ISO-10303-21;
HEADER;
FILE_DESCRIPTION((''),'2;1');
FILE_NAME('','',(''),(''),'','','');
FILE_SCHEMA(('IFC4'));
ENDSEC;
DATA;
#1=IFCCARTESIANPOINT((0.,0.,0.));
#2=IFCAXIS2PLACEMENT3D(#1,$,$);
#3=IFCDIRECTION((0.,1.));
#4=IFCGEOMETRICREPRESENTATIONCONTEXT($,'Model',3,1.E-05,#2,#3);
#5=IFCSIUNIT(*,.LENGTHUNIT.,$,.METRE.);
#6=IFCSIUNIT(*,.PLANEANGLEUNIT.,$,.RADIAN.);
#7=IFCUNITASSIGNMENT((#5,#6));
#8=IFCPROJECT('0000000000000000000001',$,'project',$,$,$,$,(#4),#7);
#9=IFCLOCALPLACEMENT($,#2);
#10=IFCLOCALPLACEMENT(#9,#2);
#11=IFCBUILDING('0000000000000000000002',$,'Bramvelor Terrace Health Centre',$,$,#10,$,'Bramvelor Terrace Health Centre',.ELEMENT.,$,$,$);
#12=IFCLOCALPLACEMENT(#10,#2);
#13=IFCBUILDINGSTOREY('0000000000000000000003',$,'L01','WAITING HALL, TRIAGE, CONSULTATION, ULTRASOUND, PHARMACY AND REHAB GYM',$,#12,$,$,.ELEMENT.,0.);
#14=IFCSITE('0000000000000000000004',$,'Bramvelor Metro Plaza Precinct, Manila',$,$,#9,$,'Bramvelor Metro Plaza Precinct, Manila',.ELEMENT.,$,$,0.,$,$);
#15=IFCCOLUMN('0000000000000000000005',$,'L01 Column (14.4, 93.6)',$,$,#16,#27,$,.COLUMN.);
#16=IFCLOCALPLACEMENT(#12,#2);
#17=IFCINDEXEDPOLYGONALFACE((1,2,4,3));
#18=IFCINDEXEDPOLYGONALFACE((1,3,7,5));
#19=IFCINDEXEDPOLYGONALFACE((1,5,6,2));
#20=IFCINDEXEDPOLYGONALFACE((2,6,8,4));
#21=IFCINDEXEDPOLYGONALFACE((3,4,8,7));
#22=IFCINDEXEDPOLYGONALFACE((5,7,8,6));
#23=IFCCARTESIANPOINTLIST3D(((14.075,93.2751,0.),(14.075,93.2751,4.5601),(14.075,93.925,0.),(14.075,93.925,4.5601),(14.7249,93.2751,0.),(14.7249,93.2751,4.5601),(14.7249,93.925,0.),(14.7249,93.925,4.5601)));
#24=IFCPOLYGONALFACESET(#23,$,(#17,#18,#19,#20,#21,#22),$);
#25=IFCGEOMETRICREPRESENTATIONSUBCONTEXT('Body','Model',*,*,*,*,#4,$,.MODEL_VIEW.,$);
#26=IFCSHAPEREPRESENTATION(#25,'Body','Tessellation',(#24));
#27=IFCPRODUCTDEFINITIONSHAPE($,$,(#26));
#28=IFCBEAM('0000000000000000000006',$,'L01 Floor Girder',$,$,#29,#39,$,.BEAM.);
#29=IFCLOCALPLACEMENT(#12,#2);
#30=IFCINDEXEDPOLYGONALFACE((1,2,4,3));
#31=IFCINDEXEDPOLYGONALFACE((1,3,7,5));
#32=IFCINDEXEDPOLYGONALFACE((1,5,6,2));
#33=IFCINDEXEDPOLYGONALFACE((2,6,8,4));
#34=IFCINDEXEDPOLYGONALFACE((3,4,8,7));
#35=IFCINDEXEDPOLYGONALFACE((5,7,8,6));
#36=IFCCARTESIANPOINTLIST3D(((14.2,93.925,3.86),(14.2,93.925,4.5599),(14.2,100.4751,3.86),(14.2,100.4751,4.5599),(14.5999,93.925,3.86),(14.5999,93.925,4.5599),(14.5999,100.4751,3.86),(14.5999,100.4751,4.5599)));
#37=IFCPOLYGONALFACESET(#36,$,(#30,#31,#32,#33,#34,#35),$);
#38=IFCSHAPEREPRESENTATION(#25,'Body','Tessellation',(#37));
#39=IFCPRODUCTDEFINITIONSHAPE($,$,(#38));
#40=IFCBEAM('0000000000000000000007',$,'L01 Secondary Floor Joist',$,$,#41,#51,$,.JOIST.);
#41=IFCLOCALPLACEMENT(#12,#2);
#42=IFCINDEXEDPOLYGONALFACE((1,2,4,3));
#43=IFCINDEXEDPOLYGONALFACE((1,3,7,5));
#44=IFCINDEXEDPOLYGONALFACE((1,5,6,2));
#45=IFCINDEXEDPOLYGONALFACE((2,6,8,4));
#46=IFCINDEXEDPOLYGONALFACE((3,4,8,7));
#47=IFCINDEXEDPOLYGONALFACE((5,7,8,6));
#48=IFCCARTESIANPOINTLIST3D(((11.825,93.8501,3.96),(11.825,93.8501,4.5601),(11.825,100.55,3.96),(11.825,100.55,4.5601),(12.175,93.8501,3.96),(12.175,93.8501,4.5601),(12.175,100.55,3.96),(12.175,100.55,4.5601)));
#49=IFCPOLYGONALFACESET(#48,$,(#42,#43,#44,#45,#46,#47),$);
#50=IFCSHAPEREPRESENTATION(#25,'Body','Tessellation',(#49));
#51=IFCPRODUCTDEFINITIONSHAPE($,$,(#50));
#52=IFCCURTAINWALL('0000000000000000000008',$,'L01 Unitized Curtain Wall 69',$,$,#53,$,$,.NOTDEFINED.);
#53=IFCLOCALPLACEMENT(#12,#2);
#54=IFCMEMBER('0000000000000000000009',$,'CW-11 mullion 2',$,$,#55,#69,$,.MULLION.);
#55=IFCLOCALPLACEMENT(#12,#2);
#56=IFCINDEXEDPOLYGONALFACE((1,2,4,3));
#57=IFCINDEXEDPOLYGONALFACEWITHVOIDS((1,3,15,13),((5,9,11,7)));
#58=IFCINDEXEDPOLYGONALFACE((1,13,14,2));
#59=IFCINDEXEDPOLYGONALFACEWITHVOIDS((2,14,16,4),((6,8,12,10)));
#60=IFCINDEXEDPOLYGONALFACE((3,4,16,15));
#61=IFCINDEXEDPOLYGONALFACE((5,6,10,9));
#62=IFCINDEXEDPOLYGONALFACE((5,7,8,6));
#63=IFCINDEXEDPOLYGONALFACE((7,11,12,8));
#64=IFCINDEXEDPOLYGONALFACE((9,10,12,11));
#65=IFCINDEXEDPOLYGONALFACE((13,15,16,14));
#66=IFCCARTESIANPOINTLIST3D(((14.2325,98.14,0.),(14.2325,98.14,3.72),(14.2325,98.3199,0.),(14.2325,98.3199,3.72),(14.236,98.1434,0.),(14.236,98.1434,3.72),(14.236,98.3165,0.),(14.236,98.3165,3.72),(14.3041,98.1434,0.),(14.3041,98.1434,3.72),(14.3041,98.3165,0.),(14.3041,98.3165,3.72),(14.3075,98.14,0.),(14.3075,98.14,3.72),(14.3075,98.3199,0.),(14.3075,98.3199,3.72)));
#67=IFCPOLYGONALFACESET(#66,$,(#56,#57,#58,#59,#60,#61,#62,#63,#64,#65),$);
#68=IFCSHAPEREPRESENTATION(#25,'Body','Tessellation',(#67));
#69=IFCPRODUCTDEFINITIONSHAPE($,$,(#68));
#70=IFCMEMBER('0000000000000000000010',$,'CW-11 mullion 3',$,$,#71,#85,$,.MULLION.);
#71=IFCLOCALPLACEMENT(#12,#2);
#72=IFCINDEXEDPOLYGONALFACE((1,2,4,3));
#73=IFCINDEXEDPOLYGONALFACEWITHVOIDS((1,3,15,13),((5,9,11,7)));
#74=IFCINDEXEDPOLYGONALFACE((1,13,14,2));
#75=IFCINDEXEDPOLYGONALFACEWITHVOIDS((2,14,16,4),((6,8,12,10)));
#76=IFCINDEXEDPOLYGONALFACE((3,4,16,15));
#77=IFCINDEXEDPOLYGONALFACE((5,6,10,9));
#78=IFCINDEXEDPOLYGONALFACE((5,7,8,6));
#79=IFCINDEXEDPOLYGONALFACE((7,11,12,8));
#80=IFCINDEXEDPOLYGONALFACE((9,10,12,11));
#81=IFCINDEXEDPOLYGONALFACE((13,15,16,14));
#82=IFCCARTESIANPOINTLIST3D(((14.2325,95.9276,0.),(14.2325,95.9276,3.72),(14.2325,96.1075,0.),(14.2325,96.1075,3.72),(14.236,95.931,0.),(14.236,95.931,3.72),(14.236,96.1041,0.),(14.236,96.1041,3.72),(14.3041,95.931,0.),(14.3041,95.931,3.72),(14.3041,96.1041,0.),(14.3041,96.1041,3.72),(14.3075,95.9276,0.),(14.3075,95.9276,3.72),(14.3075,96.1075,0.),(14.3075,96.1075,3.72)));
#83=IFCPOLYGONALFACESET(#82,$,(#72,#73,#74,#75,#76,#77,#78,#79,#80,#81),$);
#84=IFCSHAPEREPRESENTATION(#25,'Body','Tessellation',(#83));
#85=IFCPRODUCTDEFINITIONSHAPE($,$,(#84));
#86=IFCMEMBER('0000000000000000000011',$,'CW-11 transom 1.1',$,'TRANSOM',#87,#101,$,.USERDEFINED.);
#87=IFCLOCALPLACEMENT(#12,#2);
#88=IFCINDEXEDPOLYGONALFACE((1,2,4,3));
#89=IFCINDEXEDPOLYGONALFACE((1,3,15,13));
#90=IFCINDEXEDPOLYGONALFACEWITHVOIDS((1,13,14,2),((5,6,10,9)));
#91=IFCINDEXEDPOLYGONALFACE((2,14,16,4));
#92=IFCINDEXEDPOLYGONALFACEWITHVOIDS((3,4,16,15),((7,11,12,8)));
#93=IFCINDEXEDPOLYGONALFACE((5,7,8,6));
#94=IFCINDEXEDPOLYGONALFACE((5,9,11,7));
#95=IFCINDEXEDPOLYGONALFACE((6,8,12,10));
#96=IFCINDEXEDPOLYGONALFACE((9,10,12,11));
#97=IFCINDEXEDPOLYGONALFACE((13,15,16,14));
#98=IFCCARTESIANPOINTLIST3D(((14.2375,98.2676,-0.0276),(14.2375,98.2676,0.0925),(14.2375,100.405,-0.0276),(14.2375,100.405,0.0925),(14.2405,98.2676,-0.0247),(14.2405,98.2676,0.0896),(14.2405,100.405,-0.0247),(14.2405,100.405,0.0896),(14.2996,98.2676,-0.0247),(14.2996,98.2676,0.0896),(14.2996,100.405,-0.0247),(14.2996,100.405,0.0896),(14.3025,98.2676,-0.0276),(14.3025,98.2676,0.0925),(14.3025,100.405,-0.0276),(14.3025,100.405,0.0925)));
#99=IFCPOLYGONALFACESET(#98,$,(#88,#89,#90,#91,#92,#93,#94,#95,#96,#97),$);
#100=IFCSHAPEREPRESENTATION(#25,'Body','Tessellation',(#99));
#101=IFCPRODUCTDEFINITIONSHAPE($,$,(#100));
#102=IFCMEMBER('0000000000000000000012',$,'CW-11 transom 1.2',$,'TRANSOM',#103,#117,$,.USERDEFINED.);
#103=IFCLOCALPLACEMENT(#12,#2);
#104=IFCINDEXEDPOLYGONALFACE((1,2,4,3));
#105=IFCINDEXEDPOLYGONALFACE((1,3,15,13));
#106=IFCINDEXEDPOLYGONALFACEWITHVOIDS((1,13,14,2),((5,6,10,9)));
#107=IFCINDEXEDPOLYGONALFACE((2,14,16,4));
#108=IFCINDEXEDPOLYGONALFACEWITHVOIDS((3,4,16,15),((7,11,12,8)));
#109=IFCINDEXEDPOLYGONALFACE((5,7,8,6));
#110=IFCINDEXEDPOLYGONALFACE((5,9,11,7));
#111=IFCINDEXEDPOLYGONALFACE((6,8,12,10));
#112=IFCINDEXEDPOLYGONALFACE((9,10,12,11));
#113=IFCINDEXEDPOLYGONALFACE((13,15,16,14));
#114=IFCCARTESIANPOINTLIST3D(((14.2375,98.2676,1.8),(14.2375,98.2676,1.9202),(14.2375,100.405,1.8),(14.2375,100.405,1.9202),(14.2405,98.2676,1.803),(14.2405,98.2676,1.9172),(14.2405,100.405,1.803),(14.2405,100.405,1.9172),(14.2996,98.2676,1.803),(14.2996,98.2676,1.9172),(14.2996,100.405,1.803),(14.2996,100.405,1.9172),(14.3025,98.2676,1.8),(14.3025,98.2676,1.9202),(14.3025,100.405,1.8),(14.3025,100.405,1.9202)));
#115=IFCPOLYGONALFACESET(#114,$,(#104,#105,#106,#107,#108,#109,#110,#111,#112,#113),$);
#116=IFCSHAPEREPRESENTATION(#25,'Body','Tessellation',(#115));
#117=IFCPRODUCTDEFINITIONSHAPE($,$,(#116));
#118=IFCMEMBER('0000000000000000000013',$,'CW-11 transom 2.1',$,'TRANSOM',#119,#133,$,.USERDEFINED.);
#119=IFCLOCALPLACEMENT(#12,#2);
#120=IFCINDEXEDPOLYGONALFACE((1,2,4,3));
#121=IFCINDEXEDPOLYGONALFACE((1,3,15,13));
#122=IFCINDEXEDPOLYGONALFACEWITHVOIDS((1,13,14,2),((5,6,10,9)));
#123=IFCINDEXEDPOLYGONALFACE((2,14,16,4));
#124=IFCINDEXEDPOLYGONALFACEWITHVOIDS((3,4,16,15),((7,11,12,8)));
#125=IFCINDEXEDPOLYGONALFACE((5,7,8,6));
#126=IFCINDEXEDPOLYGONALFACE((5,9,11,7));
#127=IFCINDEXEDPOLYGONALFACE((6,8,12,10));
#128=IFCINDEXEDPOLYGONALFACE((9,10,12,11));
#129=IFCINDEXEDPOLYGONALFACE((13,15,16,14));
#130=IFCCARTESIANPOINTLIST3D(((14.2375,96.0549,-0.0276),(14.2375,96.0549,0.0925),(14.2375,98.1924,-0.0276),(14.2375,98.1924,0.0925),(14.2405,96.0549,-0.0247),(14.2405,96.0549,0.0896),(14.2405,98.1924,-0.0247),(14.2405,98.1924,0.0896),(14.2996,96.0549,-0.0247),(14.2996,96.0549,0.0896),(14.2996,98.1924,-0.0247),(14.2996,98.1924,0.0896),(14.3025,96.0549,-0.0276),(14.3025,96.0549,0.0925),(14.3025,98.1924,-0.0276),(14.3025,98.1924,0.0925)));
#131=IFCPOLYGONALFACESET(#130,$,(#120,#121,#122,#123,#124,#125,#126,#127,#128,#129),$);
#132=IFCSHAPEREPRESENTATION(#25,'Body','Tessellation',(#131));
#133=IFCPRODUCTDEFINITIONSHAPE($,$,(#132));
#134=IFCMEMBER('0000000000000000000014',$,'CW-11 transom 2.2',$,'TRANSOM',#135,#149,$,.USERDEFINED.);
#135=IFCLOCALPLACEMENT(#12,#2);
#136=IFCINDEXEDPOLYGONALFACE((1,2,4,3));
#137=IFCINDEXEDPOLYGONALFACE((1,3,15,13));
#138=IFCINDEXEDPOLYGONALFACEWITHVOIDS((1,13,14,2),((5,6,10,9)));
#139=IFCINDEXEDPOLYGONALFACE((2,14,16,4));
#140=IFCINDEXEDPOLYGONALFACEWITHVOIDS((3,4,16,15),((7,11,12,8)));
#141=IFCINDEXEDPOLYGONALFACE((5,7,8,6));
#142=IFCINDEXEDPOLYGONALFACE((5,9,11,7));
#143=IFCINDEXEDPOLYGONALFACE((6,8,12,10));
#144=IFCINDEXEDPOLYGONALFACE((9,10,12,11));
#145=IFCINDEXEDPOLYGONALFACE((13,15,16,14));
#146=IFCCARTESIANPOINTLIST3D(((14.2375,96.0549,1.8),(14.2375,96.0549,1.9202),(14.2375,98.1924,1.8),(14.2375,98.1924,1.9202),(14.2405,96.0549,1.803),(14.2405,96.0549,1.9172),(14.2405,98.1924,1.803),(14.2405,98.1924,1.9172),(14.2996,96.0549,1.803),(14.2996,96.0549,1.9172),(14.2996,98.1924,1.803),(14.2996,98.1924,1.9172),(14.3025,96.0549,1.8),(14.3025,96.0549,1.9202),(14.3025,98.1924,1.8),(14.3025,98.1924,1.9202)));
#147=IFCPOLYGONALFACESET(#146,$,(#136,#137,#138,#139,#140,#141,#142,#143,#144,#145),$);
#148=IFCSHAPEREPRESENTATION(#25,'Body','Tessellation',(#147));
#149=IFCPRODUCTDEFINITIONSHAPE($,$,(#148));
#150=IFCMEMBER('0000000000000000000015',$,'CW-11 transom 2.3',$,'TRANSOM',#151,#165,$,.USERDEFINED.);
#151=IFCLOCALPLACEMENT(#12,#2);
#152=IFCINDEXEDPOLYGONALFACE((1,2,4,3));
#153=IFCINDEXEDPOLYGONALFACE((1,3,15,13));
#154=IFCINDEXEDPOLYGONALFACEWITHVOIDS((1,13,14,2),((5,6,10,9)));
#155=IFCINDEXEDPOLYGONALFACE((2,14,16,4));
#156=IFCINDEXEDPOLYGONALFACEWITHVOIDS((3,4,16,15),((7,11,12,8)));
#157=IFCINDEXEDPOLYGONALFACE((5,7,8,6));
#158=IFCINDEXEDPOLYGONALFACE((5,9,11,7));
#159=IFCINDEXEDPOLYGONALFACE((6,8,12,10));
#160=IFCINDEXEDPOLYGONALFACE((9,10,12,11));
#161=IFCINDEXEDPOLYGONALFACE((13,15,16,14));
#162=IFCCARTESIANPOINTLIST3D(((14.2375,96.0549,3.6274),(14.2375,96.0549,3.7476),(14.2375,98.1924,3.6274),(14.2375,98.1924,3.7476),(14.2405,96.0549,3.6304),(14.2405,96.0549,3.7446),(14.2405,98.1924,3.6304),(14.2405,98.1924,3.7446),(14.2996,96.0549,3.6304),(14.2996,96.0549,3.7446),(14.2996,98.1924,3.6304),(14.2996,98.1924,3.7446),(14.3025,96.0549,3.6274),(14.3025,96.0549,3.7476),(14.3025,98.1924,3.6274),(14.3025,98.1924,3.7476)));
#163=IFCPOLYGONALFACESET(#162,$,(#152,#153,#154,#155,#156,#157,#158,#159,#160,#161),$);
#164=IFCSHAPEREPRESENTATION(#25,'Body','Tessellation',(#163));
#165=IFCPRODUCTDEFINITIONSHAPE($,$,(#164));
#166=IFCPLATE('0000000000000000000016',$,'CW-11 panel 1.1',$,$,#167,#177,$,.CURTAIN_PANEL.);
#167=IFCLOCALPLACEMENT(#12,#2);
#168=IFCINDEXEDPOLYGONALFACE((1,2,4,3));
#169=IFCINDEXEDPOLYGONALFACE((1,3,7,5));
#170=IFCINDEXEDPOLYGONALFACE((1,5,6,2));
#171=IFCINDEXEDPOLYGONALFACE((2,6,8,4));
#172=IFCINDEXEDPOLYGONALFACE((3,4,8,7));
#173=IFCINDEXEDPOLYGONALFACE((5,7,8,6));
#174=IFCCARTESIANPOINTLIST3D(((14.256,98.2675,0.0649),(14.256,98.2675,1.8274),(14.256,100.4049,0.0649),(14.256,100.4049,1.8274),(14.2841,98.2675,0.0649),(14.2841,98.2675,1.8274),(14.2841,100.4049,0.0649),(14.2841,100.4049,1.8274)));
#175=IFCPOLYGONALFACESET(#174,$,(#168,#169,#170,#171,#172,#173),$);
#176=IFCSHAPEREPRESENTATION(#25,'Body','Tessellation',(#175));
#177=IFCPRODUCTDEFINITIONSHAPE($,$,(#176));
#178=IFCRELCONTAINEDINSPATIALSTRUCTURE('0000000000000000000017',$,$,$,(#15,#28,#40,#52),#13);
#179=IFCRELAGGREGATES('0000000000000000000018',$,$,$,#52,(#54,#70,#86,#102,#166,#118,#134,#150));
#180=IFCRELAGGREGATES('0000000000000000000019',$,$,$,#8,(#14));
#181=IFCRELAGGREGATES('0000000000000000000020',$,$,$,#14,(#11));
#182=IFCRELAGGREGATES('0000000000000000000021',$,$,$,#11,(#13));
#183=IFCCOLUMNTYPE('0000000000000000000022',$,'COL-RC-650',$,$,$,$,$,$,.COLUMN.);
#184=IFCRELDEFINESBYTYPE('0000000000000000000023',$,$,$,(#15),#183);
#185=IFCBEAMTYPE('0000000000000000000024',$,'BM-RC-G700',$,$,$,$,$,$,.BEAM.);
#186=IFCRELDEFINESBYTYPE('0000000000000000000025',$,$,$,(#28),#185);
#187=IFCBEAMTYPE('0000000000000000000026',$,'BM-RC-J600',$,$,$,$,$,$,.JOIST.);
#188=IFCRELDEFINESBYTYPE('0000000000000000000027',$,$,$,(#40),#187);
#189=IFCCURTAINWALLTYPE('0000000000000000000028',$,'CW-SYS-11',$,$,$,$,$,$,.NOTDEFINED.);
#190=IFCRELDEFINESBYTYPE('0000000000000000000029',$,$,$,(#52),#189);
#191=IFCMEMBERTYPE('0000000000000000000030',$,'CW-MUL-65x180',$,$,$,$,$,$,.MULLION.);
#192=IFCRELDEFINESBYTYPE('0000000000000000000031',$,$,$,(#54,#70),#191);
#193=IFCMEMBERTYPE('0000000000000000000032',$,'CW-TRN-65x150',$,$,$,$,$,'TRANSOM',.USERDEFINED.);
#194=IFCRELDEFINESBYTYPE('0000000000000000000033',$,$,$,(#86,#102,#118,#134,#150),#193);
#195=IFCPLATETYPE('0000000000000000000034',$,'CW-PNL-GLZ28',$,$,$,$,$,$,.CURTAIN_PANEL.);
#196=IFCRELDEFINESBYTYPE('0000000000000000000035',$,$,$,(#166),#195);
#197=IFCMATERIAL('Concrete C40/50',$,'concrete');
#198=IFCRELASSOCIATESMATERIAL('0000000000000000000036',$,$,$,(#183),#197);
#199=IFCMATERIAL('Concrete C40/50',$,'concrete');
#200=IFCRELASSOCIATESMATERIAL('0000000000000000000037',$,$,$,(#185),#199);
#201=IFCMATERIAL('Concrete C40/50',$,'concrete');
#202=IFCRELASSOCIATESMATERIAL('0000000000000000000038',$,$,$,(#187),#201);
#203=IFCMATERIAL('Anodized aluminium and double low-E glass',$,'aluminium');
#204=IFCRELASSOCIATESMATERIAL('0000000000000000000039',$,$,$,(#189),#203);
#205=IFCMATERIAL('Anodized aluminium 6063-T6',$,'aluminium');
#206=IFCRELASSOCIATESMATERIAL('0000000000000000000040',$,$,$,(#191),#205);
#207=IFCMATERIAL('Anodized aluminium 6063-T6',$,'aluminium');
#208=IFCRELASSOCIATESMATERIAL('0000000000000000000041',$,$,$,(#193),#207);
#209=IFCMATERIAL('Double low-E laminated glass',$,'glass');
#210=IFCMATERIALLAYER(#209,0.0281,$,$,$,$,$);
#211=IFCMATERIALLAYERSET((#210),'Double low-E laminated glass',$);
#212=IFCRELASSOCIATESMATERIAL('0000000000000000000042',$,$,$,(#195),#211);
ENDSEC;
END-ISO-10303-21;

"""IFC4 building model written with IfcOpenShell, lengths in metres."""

from ifc_helpers import new_model, si_unit, direction, frame, origin, origin_2d, place, context, subcontext, project, spatial, rectangle, hollow_rectangle, extrude, material, layer, layer_set, material_profile, profile_set, type_object, element, aggregate, save


model = new_model("IFC4")

# Units and contexts
model_context = context("Model", 3, precision=1e-05, world=origin(), true_north=direction((0.0, 1.0)))
body_context = subcontext(model_context, "Body", "Model", "MODEL_VIEW")
ifc_project = project(units=[si_unit("LENGTHUNIT", "METRE"), si_unit("PLANEANGLEUNIT", "RADIAN")], contexts=[model_context])

# Site, building, storey
site_placement = place(None, origin())
site = spatial("IfcSite", under=ifc_project, at=site_placement, Name="Bramvelor Metro Plaza Precinct, Manila", LongName="Bramvelor Metro Plaza Precinct, Manila", CompositionType="ELEMENT", RefElevation=0.0)
building_placement = place(site_placement, origin())
building = spatial("IfcBuilding", under=site, at=building_placement, Name="Bramvelor Terrace Health Centre", LongName="Bramvelor Terrace Health Centre", CompositionType="ELEMENT")
storey_placement = place(building_placement, origin())
storey = spatial("IfcBuildingStorey", under=building, at=storey_placement, Name="L01", Description="WAITING HALL, TRIAGE, CONSULTATION, ULTRASOUND, PHARMACY AND REHAB GYM", CompositionType="ELEMENT", Elevation=0.0)

# Column
ifc_material_1 = material(Name="Concrete C40/50", Category="concrete")
ifc_material_profile_1 = material_profile(ifc_material_1, rectangle(XDim=0.6499, YDim=0.6499, at=origin_2d()), Name="RC 650x650")
ifc_profile_set_1 = profile_set([ifc_material_profile_1], Name="Concrete C40/50")
column_type = type_object("IfcColumnType", Name="COL-RC-650", PredefinedType="COLUMN", material=ifc_profile_set_1)
column_placement = place(storey_placement, frame((14.3999, 93.6001, 0.0), z_axis=(0.0, 0.0, 1.0), x_axis=(1.0, 0.0, 0.0)))
element("IfcColumn", 1, at=column_placement, inside=storey, type_object=column_type, Name="L01 Column (14.4, 93.6)", PredefinedType="COLUMN", context=body_context, shape_type="SweptSolid", body=[
    extrude(rectangle(XDim=0.6499, YDim=0.6499, at=origin_2d()), origin(), (0.0, 0.0, 1.0), 4.5601),
])

# Beams
ifc_material_2 = material(Name="Concrete C40/50", Category="concrete")
ifc_material_profile_2 = material_profile(ifc_material_2, rectangle(XDim=0.3999, YDim=0.7, at=origin_2d()), Name="RC 400x700")
ifc_profile_set_2 = profile_set([ifc_material_profile_2], Name="Concrete C40/50")
beam_type_1 = type_object("IfcBeamType", Name="BM-RC-G700", PredefinedType="BEAM", material=ifc_profile_set_2)
beam_1_placement = place(storey_placement, frame((14.3999, 93.925, 4.21), z_axis=(0.0, 1.0, 0.0), x_axis=(-1.0, 0.0, 0.0)))
element("IfcBeam", 2, at=beam_1_placement, inside=storey, type_object=beam_type_1, Name="L01 Floor Girder", PredefinedType="BEAM", context=body_context, shape_type="SweptSolid", body=[
    extrude(rectangle(XDim=0.3999, YDim=0.7, at=origin_2d()), origin(), (0.0, 0.0, 1.0), 6.55),
])
ifc_material_3 = material(Name="Concrete C40/50", Category="concrete")
ifc_material_profile_3 = material_profile(ifc_material_3, rectangle(XDim=0.3501, YDim=0.6001, at=origin_2d()), Name="RC 350x600")
ifc_profile_set_3 = profile_set([ifc_material_profile_3], Name="Concrete C40/50")
beam_type_2 = type_object("IfcBeamType", Name="BM-RC-J600", PredefinedType="JOIST", material=ifc_profile_set_3)
beam_2_placement = place(storey_placement, frame((12.0, 93.8501, 4.26), z_axis=(0.0, 1.0, 0.0), x_axis=(-1.0, 0.0, 0.0)))
element("IfcBeam", 3, at=beam_2_placement, inside=storey, type_object=beam_type_2, Name="L01 Secondary Floor Joist", PredefinedType="JOIST", context=body_context, shape_type="SweptSolid", body=[
    extrude(rectangle(XDim=0.3501, YDim=0.6001, at=origin_2d()), origin(), (0.0, 0.0, 1.0), 6.7),
])

# Curtain wall, members, plate
ifc_material_4 = material(Name="Anodized aluminium and double low-E glass", Category="aluminium")
curtain_wall_type = type_object("IfcCurtainWallType", Name="CW-SYS-11", PredefinedType="NOTDEFINED", material=ifc_material_4)
curtain_wall_placement = place(storey_placement, origin())
curtain_wall = element("IfcCurtainWall", 4, at=curtain_wall_placement, inside=storey, type_object=curtain_wall_type, Name="L01 Unitized Curtain Wall 69", PredefinedType="NOTDEFINED")
ifc_material_5 = material(Name="Anodized aluminium 6063-T6", Category="aluminium")
ifc_material_profile_4 = material_profile(ifc_material_5, hollow_rectangle(XDim=0.075, YDim=0.1799, WallThickness=0.0034, at=origin_2d()), Name="ALU-MUL 75x180x3.5")
ifc_profile_set_4 = profile_set([ifc_material_profile_4], Name="Anodized aluminium 6063-T6")
member_type_1 = type_object("IfcMemberType", Name="CW-MUL-65x180", PredefinedType="MULLION", material=ifc_profile_set_4)
member_1_placement = place(storey_placement, frame((14.27, 98.23, 0.0), z_axis=(0.0, 0.0, 1.0), x_axis=(1.0, 0.0, 0.0)))
member_1 = element("IfcMember", 5, at=member_1_placement, type_object=member_type_1, Name="CW-11 mullion 2", PredefinedType="MULLION", context=body_context, shape_type="SweptSolid", body=[
    extrude(hollow_rectangle(XDim=0.075, YDim=0.1799, WallThickness=0.0034, at=origin_2d()), origin(), (0.0, 0.0, 1.0), 3.72),
])
member_2_placement = place(storey_placement, frame((14.27, 96.0176, 0.0), z_axis=(0.0, 0.0, 1.0), x_axis=(1.0, 0.0, 0.0)))
member_2 = element("IfcMember", 6, at=member_2_placement, type_object=member_type_1, Name="CW-11 mullion 3", PredefinedType="MULLION", context=body_context, shape_type="SweptSolid", body=[
    extrude(hollow_rectangle(XDim=0.075, YDim=0.1799, WallThickness=0.0034, at=origin_2d()), origin(), (0.0, 0.0, 1.0), 3.72),
])
ifc_material_6 = material(Name="Anodized aluminium 6063-T6", Category="aluminium")
ifc_material_profile_5 = material_profile(ifc_material_6, hollow_rectangle(XDim=0.0649, YDim=0.1201, WallThickness=0.0029, at=origin_2d()), Name="ALU-TRN 65x120x3.0")
ifc_profile_set_5 = profile_set([ifc_material_profile_5], Name="Anodized aluminium 6063-T6")
member_type_2 = type_object("IfcMemberType", Name="CW-TRN-65x150", ElementType="TRANSOM", PredefinedType="USERDEFINED", material=ifc_profile_set_5)
member_3_placement = place(storey_placement, frame((14.27, 100.405, 0.0325), z_axis=(0.0, -1.0, 0.0), x_axis=(1.0, 0.0, 0.0)))
member_3 = element("IfcMember", 7, at=member_3_placement, type_object=member_type_2, Name="CW-11 transom 1.1", ObjectType="TRANSOM", PredefinedType="USERDEFINED", context=body_context, shape_type="SweptSolid", body=[
    extrude(hollow_rectangle(XDim=0.0649, YDim=0.1201, WallThickness=0.0029, at=origin_2d()), origin(), (0.0, 0.0, 1.0), 2.1375),
])
member_4_placement = place(storey_placement, frame((14.27, 100.405, 1.8601), z_axis=(0.0, -1.0, 0.0), x_axis=(1.0, 0.0, 0.0)))
member_4 = element("IfcMember", 8, at=member_4_placement, type_object=member_type_2, Name="CW-11 transom 1.2", ObjectType="TRANSOM", PredefinedType="USERDEFINED", context=body_context, shape_type="SweptSolid", body=[
    extrude(hollow_rectangle(XDim=0.0649, YDim=0.1201, WallThickness=0.0029, at=origin_2d()), origin(), (0.0, 0.0, 1.0), 2.1375),
])
member_5_placement = place(storey_placement, frame((14.27, 98.1924, 0.0325), z_axis=(0.0, -1.0, 0.0), x_axis=(1.0, 0.0, 0.0)))
member_5 = element("IfcMember", 9, at=member_5_placement, type_object=member_type_2, Name="CW-11 transom 2.1", ObjectType="TRANSOM", PredefinedType="USERDEFINED", context=body_context, shape_type="SweptSolid", body=[
    extrude(hollow_rectangle(XDim=0.0649, YDim=0.1201, WallThickness=0.0029, at=origin_2d()), origin(), (0.0, 0.0, 1.0), 2.1375),
])
member_6_placement = place(storey_placement, frame((14.27, 98.1924, 1.8601), z_axis=(0.0, -1.0, 0.0), x_axis=(1.0, 0.0, 0.0)))
member_6 = element("IfcMember", 10, at=member_6_placement, type_object=member_type_2, Name="CW-11 transom 2.2", ObjectType="TRANSOM", PredefinedType="USERDEFINED", context=body_context, shape_type="SweptSolid", body=[
    extrude(hollow_rectangle(XDim=0.0649, YDim=0.1201, WallThickness=0.0029, at=origin_2d()), origin(), (0.0, 0.0, 1.0), 2.1375),
])
member_7_placement = place(storey_placement, frame((14.27, 98.1924, 3.6875), z_axis=(0.0, -1.0, 0.0), x_axis=(1.0, 0.0, 0.0)))
member_7 = element("IfcMember", 11, at=member_7_placement, type_object=member_type_2, Name="CW-11 transom 2.3", ObjectType="TRANSOM", PredefinedType="USERDEFINED", context=body_context, shape_type="SweptSolid", body=[
    extrude(hollow_rectangle(XDim=0.0649, YDim=0.1201, WallThickness=0.0029, at=origin_2d()), origin(), (0.0, 0.0, 1.0), 2.1375),
])
ifc_material_7 = material(Name="Double low-E laminated glass", Category="glass")
ifc_layer_1 = layer(ifc_material_7, 0.0281)
ifc_layer_set_1 = layer_set([ifc_layer_1], Name="Double low-E laminated glass")
plate_type = type_object("IfcPlateType", Name="CW-PNL-GLZ28", PredefinedType="CURTAIN_PANEL", material=ifc_layer_set_1)
plate_1_placement = place(storey_placement, frame((14.27, 99.3362, 0.0649), z_axis=(0.0, 0.0, 1.0), x_axis=(0.0, -1.0, 0.0)))
plate_1 = element("IfcPlate", 12, at=plate_1_placement, type_object=plate_type, Name="CW-11 panel 1.1", PredefinedType="CURTAIN_PANEL", context=body_context, shape_type="SweptSolid", body=[
    extrude(rectangle(XDim=2.1375, YDim=0.0281, at=origin_2d()), origin(), (0.0, 0.0, 1.0), 1.7625),
])
aggregate(curtain_wall, [member_1, member_2, member_3, member_4, plate_1, member_5, member_6, member_7])

save(model, "model.ifc")
